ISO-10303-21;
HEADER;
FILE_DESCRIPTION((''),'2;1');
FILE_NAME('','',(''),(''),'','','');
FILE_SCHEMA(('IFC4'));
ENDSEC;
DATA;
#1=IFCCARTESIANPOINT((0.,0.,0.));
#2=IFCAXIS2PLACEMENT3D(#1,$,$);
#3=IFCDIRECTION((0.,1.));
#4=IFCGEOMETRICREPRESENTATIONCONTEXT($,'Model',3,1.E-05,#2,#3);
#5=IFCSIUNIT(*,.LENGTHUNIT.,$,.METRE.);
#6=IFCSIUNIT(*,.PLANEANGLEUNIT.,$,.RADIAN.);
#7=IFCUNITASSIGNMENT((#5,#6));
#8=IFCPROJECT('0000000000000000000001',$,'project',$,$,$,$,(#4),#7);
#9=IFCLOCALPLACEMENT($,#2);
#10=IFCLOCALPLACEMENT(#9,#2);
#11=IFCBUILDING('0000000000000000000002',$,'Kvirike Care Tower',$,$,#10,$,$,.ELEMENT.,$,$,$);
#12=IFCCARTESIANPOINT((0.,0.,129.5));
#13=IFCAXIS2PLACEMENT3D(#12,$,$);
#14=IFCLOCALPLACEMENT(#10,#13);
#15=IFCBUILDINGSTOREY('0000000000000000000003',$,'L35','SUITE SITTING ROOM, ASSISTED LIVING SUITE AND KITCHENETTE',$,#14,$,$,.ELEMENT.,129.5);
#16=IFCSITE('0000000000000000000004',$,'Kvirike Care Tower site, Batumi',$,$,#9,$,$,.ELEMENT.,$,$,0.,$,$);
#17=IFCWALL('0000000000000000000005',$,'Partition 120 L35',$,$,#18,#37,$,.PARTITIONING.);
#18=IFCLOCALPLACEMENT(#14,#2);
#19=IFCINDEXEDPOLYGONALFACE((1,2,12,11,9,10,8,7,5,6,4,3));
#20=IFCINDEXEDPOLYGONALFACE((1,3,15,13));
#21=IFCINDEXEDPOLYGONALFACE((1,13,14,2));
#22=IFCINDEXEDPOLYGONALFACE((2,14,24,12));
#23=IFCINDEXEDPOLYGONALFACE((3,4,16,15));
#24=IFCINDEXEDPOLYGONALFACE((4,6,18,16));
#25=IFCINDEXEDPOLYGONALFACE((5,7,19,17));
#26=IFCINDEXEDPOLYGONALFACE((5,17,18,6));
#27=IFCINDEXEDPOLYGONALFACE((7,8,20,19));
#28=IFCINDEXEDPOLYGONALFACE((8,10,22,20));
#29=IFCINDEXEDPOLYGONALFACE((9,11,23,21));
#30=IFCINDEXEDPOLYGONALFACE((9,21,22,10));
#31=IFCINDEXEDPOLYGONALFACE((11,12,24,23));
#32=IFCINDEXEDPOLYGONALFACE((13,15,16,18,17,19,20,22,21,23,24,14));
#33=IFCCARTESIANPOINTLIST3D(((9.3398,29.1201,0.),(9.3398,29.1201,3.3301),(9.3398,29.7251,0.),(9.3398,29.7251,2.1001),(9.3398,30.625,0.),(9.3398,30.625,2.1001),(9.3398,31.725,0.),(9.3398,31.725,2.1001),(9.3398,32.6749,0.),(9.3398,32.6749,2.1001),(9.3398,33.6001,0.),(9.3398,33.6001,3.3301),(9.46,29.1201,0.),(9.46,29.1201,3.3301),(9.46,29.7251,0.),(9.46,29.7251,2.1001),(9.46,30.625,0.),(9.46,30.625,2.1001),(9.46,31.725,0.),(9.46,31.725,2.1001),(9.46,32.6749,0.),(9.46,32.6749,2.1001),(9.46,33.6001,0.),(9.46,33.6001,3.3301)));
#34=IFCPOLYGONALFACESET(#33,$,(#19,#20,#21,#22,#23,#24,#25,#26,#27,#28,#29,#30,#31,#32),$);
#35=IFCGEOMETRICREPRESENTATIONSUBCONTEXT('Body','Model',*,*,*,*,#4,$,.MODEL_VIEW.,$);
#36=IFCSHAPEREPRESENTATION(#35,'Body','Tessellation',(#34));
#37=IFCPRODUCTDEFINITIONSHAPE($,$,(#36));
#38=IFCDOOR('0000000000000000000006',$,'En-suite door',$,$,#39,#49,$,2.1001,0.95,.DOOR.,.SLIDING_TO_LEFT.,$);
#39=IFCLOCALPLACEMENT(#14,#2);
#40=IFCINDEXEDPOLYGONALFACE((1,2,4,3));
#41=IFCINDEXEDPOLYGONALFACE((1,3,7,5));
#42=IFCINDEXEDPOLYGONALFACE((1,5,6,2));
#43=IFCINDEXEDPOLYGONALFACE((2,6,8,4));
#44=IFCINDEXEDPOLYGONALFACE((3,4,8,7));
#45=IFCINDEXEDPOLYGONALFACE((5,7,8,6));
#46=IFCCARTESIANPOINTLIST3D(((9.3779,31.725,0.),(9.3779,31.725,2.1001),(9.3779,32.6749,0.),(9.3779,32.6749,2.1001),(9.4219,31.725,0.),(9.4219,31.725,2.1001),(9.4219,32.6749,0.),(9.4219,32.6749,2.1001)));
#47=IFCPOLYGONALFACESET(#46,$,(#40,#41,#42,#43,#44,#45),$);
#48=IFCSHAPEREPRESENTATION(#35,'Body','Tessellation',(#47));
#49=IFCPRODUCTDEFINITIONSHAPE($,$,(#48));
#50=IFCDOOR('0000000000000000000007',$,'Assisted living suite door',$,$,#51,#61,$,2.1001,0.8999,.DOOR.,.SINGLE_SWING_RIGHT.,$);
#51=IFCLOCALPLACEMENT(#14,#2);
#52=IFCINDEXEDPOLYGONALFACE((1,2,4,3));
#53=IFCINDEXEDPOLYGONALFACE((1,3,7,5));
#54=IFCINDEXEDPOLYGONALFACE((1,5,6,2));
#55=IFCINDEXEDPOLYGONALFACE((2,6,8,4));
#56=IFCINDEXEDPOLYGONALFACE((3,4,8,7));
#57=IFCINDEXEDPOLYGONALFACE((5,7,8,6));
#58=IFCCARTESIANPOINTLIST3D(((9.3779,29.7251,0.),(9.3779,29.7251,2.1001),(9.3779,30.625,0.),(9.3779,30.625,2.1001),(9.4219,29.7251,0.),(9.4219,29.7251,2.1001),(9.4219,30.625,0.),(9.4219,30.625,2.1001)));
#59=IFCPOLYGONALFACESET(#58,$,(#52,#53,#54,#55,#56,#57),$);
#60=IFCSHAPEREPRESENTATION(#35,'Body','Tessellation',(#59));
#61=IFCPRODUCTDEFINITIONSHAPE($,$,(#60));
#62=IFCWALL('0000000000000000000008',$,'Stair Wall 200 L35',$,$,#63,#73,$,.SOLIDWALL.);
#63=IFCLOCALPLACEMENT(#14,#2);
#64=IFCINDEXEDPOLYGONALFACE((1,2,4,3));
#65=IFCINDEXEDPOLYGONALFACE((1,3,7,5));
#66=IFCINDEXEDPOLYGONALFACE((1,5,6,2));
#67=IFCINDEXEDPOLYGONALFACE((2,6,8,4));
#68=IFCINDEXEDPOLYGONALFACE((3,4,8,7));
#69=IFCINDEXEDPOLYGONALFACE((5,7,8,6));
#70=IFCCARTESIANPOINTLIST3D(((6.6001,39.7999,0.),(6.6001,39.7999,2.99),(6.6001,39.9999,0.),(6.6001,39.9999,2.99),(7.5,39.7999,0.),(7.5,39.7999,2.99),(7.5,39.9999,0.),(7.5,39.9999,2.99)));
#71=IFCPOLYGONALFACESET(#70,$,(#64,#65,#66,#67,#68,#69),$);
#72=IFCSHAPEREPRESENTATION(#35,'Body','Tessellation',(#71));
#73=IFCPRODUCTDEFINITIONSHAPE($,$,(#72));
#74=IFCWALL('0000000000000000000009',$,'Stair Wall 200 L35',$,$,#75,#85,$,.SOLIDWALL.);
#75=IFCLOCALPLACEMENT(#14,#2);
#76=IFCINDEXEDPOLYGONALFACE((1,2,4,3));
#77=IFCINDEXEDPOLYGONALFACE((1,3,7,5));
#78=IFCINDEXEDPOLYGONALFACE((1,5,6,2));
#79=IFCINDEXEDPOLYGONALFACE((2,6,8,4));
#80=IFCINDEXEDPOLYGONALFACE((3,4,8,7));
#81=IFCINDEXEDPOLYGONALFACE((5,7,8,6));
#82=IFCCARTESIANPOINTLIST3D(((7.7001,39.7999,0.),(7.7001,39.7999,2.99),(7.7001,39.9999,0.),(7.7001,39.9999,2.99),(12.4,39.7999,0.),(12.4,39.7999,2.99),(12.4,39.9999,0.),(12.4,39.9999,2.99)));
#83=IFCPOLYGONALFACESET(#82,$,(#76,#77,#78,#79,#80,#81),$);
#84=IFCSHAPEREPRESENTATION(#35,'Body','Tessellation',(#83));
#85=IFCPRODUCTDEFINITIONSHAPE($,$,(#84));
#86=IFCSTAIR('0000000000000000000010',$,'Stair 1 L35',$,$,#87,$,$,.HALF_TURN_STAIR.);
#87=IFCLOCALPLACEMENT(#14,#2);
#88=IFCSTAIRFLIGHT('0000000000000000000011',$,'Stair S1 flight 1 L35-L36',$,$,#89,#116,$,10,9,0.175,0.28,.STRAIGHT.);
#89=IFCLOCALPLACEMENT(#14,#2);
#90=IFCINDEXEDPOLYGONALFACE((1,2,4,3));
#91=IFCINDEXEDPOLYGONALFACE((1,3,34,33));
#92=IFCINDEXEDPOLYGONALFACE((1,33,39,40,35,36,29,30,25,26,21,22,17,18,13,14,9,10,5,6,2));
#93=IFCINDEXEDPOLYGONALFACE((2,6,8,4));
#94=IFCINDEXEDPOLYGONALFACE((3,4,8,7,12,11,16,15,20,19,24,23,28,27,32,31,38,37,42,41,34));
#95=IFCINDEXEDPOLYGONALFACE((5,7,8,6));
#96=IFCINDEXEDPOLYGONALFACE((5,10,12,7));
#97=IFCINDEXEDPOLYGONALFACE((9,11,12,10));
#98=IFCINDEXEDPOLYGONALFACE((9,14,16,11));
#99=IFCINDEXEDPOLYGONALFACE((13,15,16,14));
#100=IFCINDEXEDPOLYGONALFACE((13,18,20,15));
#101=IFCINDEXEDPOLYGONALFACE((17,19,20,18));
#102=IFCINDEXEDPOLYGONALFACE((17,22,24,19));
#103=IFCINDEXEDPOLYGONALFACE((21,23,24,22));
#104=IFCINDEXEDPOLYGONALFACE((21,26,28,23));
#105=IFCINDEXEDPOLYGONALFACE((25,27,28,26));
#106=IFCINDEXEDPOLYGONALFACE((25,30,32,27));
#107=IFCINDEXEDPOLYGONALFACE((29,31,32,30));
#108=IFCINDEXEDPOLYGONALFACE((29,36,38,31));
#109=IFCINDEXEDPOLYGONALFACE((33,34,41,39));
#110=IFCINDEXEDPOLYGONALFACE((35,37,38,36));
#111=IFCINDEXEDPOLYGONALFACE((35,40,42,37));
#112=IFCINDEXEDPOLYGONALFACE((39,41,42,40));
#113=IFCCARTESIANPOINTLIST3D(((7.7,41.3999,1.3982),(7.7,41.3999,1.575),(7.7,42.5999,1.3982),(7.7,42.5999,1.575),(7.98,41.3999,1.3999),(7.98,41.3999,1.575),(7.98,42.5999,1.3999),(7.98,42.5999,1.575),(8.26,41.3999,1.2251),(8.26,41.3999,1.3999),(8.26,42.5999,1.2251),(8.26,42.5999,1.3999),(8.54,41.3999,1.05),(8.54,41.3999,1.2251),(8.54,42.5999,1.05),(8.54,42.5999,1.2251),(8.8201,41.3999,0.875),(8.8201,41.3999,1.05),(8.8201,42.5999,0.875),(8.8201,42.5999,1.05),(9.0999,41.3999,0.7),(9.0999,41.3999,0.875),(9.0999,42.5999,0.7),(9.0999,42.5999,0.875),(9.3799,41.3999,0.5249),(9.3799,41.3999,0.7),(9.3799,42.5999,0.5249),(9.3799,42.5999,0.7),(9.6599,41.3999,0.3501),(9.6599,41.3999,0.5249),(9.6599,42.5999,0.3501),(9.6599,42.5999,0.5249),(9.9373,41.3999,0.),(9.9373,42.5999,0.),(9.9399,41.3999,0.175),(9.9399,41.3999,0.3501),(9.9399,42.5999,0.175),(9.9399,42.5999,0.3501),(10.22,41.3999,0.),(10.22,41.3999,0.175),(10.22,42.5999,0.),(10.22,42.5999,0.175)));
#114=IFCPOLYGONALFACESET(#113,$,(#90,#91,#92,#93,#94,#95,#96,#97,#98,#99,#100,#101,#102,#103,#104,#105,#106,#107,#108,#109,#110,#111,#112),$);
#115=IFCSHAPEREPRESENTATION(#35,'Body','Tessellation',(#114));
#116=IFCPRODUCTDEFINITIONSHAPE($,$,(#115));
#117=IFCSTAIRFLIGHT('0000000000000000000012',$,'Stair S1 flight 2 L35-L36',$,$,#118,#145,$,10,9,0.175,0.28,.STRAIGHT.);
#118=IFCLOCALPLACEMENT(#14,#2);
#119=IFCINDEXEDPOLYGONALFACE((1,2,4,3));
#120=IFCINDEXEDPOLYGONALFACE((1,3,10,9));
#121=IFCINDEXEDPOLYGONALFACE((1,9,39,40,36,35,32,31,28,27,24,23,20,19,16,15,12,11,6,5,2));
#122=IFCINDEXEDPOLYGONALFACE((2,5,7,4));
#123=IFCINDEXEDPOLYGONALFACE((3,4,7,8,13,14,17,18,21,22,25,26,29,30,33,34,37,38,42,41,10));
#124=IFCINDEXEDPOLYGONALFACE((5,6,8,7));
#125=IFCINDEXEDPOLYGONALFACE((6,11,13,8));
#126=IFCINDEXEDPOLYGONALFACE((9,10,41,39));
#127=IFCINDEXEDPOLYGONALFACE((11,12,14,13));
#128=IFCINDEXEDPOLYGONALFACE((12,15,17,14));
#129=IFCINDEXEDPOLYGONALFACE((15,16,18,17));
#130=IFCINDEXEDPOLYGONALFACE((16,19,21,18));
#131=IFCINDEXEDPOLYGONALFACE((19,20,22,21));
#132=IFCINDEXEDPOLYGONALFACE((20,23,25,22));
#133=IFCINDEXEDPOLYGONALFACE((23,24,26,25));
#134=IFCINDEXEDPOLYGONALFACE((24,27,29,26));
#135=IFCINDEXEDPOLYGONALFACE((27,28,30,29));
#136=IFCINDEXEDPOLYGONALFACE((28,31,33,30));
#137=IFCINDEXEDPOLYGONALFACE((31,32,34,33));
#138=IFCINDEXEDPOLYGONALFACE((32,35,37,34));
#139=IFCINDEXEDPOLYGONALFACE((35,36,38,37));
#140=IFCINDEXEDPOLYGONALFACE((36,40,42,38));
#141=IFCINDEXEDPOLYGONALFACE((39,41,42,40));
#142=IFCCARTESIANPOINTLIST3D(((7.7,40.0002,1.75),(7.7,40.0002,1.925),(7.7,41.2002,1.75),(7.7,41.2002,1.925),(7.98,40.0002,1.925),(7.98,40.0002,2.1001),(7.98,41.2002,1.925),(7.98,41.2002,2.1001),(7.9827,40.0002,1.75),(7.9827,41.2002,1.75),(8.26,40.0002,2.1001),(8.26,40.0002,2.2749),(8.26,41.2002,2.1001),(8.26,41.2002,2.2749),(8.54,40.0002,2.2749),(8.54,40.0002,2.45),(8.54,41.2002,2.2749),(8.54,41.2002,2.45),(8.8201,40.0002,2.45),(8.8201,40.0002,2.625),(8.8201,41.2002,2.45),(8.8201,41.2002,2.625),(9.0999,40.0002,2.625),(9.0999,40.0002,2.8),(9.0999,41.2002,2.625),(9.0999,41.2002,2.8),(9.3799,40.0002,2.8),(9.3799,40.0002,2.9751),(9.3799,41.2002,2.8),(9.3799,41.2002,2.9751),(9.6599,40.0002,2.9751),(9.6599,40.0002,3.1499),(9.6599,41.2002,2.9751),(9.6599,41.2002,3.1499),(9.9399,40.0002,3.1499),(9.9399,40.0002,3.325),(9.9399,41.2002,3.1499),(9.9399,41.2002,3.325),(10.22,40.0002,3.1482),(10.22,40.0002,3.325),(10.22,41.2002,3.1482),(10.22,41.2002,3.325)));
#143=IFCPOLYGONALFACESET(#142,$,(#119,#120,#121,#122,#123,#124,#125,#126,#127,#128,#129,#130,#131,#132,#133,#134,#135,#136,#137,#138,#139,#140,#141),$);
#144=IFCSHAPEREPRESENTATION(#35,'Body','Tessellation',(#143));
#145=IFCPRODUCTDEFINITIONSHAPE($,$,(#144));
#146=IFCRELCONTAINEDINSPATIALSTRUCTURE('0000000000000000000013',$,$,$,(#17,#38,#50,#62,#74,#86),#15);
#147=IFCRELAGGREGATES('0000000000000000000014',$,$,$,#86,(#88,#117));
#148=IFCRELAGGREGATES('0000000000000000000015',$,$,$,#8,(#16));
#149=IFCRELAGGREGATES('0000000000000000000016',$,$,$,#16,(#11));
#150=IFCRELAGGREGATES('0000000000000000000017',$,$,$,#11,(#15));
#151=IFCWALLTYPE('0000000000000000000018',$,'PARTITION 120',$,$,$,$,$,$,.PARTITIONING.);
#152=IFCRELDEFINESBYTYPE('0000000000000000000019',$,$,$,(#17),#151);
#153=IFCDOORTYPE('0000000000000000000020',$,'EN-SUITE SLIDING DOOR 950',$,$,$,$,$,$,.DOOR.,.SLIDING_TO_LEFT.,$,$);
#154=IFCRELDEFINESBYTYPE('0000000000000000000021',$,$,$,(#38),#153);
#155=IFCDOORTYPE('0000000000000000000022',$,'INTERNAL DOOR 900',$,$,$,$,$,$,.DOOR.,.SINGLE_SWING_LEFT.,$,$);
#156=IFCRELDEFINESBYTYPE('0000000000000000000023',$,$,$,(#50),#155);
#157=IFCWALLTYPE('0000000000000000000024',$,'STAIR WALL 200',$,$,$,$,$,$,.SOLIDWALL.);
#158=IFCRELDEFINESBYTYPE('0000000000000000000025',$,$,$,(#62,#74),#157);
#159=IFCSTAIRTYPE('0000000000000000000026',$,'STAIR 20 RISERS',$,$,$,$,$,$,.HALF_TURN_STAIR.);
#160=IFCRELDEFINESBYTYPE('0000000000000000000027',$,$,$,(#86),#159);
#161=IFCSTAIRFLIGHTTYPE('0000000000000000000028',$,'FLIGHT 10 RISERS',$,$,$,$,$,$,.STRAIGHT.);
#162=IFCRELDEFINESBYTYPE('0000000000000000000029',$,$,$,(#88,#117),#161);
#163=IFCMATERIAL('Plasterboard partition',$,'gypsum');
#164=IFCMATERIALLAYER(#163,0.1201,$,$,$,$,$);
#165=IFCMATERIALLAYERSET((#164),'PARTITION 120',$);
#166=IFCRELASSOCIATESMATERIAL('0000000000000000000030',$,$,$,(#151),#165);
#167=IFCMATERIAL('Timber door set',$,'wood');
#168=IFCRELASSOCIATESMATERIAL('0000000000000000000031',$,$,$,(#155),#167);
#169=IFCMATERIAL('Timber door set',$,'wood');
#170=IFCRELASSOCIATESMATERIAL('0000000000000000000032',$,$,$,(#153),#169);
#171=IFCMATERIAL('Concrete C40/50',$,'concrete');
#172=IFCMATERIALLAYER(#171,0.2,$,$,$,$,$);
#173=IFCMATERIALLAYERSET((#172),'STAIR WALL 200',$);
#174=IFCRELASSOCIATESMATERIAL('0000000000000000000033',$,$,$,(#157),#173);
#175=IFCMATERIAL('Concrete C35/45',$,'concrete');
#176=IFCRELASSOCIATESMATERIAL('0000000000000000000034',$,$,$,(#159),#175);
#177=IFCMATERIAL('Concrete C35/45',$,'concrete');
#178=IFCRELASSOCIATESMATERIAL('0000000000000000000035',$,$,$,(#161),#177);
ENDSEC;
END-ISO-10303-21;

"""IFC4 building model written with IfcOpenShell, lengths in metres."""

from ifc_helpers import new_model, si_unit, direction, frame, frame_2d, origin, place, context, subcontext, project, spatial, polyline, rectangle, outline, extrude, material, layer, layer_set, type_object, element, fill, aggregate, save


model = new_model("IFC4")

# Units and contexts
model_context = context("Model", 3, precision=1e-05, world=origin(), true_north=direction((0.0, 1.0)))
body_context = subcontext(model_context, "Body", "Model", "MODEL_VIEW")
ifc_project = project(units=[si_unit("LENGTHUNIT", "METRE"), si_unit("PLANEANGLEUNIT", "RADIAN")], contexts=[model_context])

# Site, building, storey
site_placement = place(None, origin())
site = spatial("IfcSite", under=ifc_project, at=site_placement, Name="Kvirike Care Tower site, Batumi", CompositionType="ELEMENT", RefElevation=0.0)
building_placement = place(site_placement, origin())
building = spatial("IfcBuilding", under=site, at=building_placement, Name="Kvirike Care Tower", CompositionType="ELEMENT")
storey_placement = place(building_placement, frame((0.0, 0.0, 129.5)))
storey = spatial("IfcBuildingStorey", under=building, at=storey_placement, Name="L35", Description="SUITE SITTING ROOM, ASSISTED LIVING SUITE AND KITCHENETTE", CompositionType="ELEMENT", Elevation=129.5)

# Shared definitions
ifc_material_1 = material(Name="Plasterboard partition", Category="gypsum")
ifc_layer_1 = layer(ifc_material_1, 0.1201)
ifc_layer_set_1 = layer_set([ifc_layer_1], Name="PARTITION 120")
wall_type_1 = type_object("IfcWallType", Name="PARTITION 120", PredefinedType="PARTITIONING", material=ifc_layer_set_1)
ifc_material_2 = material(Name="Timber door set", Category="wood")
door_type_1 = type_object("IfcDoorType", Name="INTERNAL DOOR 900", OperationType="SINGLE_SWING_LEFT", PredefinedType="DOOR", material=ifc_material_2)

# Wall, openings, doors
wall_1_placement = place(storey_placement, frame((9.3999, 33.6001, 0.0), z_axis=(0.0, 0.0, 1.0), x_axis=(0.0, -1.0, 0.0)))
wall_1 = element("IfcWall", 1, at=wall_1_placement, inside=storey, type_object=wall_type_1, Name="Partition 120 L35", PredefinedType="PARTITIONING", context=body_context, shape_type="SweptSolid", body=[
    extrude(rectangle(XDim=4.48, YDim=0.1201, at=frame_2d((2.24, 0.0))), origin(), (0.0, 0.0, 1.0), 3.3301),
])
opening_1_placement = place(wall_1_placement, frame((2.9751, 0.0, 0.0)))
opening_1 = element("IfcOpeningElement", 2, at=opening_1_placement, cuts=wall_1, PredefinedType="OPENING", context=body_context, shape_type="SweptSolid", body=[
    extrude(rectangle(XDim=0.8999, YDim=2.1001, at=frame_2d((0.45, 1.05))), frame((0.0, 0.0706, 0.0), z_axis=(0.0, -1.0, 0.0), x_axis=(1.0, 0.0, 0.0)), (0.0, 0.0, 1.0), 0.1411),
])
opening_2_placement = place(wall_1_placement, frame((0.925, 0.0, 0.0)))
opening_2 = element("IfcOpeningElement", 3, at=opening_2_placement, cuts=wall_1, PredefinedType="OPENING", context=body_context, shape_type="SweptSolid", body=[
    extrude(rectangle(XDim=0.95, YDim=2.1001, at=frame_2d((0.4751, 1.05))), frame((0.0, 0.0706, 0.0), z_axis=(0.0, -1.0, 0.0), x_axis=(1.0, 0.0, 0.0)), (0.0, 0.0, 1.0), 0.1411),
])
ifc_material_3 = material(Name="Timber door set", Category="wood")
door_type_2 = type_object("IfcDoorType", Name="EN-SUITE SLIDING DOOR 950", OperationType="SLIDING_TO_LEFT", PredefinedType="DOOR", material=ifc_material_3)
door_1_placement = place(opening_2_placement, origin())
door_1 = element("IfcDoor", 4, at=door_1_placement, inside=storey, type_object=door_type_2, Name="En-suite door", OperationType="SLIDING_TO_LEFT", OverallHeight=2.1001, OverallWidth=0.95, PredefinedType="DOOR", context=body_context, shape_type="SweptSolid", body=[
    extrude(rectangle(XDim=0.95, YDim=2.1001, at=frame_2d((0.4751, 1.05))), frame((0.0, 0.022, 0.0), z_axis=(0.0, -1.0, 0.0), x_axis=(1.0, 0.0, 0.0)), (0.0, 0.0, 1.0), 0.0439),
])
fill(opening_2, door_1)
door_2_placement = place(opening_1_placement, origin())
door_2 = element("IfcDoor", 5, at=door_2_placement, inside=storey, type_object=door_type_1, Name="Assisted living suite door", OperationType="SINGLE_SWING_RIGHT", OverallHeight=2.1001, OverallWidth=0.8999, PredefinedType="DOOR", context=body_context, shape_type="SweptSolid", body=[
    extrude(rectangle(XDim=0.8999, YDim=2.1001, at=frame_2d((0.45, 1.05))), frame((0.0, 0.022, 0.0), z_axis=(0.0, -1.0, 0.0), x_axis=(1.0, 0.0, 0.0)), (0.0, 0.0, 1.0), 0.0439),
])
fill(opening_1, door_2)

# Walls
ifc_material_4 = material(Name="Concrete C40/50", Category="concrete")
ifc_layer_2 = layer(ifc_material_4, 0.2)
ifc_layer_set_2 = layer_set([ifc_layer_2], Name="STAIR WALL 200")
wall_type_2 = type_object("IfcWallType", Name="STAIR WALL 200", PredefinedType="SOLIDWALL", material=ifc_layer_set_2)
wall_2_placement = place(storey_placement, frame((6.6001, 39.8999, 0.0), z_axis=(0.0, 0.0, 1.0), x_axis=(1.0, 0.0, 0.0)))
element("IfcWall", 6, at=wall_2_placement, inside=storey, type_object=wall_type_2, Name="Stair Wall 200 L35", PredefinedType="SOLIDWALL", context=body_context, shape_type="SweptSolid", body=[
    extrude(rectangle(XDim=0.8999, YDim=0.2, at=frame_2d((0.45, 0.0))), origin(), (0.0, 0.0, 1.0), 2.99),
])
wall_3_placement = place(storey_placement, frame((7.7, 39.8999, 0.0), z_axis=(0.0, 0.0, 1.0), x_axis=(1.0, 0.0, 0.0)))
element("IfcWall", 7, at=wall_3_placement, inside=storey, type_object=wall_type_2, Name="Stair Wall 200 L35", PredefinedType="SOLIDWALL", context=body_context, shape_type="SweptSolid", body=[
    extrude(rectangle(XDim=4.7, YDim=0.2, at=frame_2d((2.3501, 0.0))), origin(), (0.0, 0.0, 1.0), 2.99),
])

# Stair, stair flights
ifc_material_5 = material(Name="Concrete C35/45", Category="concrete")
stair_type = type_object("IfcStairType", Name="STAIR 20 RISERS", PredefinedType="HALF_TURN_STAIR", material=ifc_material_5)
stair_placement = place(storey_placement, origin())
stair = element("IfcStair", 8, at=stair_placement, inside=storey, type_object=stair_type, Name="Stair 1 L35", PredefinedType="HALF_TURN_STAIR")
ifc_material_6 = material(Name="Concrete C35/45", Category="concrete")
stair_flight_type = type_object("IfcStairFlightType", Name="FLIGHT 10 RISERS", PredefinedType="STRAIGHT", material=ifc_material_6)
stair_flight_1_placement = place(storey_placement, frame((10.22, 42.0, 0.0), z_axis=(0.0, 0.0, 1.0), x_axis=(-1.0, 0.0, 0.0)))
stair_flight_1 = element("IfcStairFlight", 9, at=stair_flight_1_placement, type_object=stair_flight_type, Name="Stair S1 flight 1 L35-L36", NumberOfRisers=10, NumberOfTreads=9, PredefinedType="STRAIGHT", RiserHeight=0.175, TreadLength=0.28, context=body_context, shape_type="SweptSolid", body=[
    extrude(outline(polyline([(0.0, 0.0), (0.0, 0.175), (0.28, 0.175), (0.28, 0.3501), (0.5601, 0.3501), (0.5601, 0.5249), (0.8401, 0.5249), (0.8401, 0.7), (1.1201, 0.7), (1.1201, 0.875), (1.3999, 0.875), (1.3999, 1.05), (1.6799, 1.05), (1.6799, 1.2251), (1.96, 1.2251), (1.96, 1.3999), (2.24, 1.3999), (2.24, 1.575), (2.52, 1.575), (2.52, 1.75), (2.52, 1.3982), (0.2827, 0.0), (0.0, 0.0)])), frame((0.0, 0.6001, 0.0), z_axis=(0.0, -1.0, 0.0), x_axis=(1.0, 0.0, 0.0)), (0.0, 0.0, 1.0), 1.2),
])
stair_flight_2_placement = place(storey_placement, frame((7.7, 40.6001, 1.75), z_axis=(0.0, 0.0, 1.0), x_axis=(1.0, 0.0, 0.0)))
stair_flight_2 = element("IfcStairFlight", 10, at=stair_flight_2_placement, type_object=stair_flight_type, Name="Stair S1 flight 2 L35-L36", NumberOfRisers=10, NumberOfTreads=9, PredefinedType="STRAIGHT", RiserHeight=0.175, TreadLength=0.28, context=body_context, shape_type="SweptSolid", body=[
    extrude(outline(polyline([(0.0, 0.0), (0.0, 0.175), (0.28, 0.175), (0.28, 0.3501), (0.5601, 0.3501), (0.5601, 0.5249), (0.8401, 0.5249), (0.8401, 0.7), (1.1201, 0.7), (1.1201, 0.875), (1.3999, 0.875), (1.3999, 1.05), (1.6799, 1.05), (1.6799, 1.2251), (1.96, 1.2251), (1.96, 1.3999), (2.24, 1.3999), (2.24, 1.575), (2.52, 1.575), (2.52, 1.75), (2.52, 1.3982), (0.2827, 0.0), (0.0, 0.0)])), frame((0.0, 0.6001, 0.0), z_axis=(0.0, -1.0, 0.0), x_axis=(1.0, 0.0, 0.0)), (0.0, 0.0, 1.0), 1.2),
])
aggregate(stair, [stair_flight_1, stair_flight_2])

save(model, "model.ifc")
